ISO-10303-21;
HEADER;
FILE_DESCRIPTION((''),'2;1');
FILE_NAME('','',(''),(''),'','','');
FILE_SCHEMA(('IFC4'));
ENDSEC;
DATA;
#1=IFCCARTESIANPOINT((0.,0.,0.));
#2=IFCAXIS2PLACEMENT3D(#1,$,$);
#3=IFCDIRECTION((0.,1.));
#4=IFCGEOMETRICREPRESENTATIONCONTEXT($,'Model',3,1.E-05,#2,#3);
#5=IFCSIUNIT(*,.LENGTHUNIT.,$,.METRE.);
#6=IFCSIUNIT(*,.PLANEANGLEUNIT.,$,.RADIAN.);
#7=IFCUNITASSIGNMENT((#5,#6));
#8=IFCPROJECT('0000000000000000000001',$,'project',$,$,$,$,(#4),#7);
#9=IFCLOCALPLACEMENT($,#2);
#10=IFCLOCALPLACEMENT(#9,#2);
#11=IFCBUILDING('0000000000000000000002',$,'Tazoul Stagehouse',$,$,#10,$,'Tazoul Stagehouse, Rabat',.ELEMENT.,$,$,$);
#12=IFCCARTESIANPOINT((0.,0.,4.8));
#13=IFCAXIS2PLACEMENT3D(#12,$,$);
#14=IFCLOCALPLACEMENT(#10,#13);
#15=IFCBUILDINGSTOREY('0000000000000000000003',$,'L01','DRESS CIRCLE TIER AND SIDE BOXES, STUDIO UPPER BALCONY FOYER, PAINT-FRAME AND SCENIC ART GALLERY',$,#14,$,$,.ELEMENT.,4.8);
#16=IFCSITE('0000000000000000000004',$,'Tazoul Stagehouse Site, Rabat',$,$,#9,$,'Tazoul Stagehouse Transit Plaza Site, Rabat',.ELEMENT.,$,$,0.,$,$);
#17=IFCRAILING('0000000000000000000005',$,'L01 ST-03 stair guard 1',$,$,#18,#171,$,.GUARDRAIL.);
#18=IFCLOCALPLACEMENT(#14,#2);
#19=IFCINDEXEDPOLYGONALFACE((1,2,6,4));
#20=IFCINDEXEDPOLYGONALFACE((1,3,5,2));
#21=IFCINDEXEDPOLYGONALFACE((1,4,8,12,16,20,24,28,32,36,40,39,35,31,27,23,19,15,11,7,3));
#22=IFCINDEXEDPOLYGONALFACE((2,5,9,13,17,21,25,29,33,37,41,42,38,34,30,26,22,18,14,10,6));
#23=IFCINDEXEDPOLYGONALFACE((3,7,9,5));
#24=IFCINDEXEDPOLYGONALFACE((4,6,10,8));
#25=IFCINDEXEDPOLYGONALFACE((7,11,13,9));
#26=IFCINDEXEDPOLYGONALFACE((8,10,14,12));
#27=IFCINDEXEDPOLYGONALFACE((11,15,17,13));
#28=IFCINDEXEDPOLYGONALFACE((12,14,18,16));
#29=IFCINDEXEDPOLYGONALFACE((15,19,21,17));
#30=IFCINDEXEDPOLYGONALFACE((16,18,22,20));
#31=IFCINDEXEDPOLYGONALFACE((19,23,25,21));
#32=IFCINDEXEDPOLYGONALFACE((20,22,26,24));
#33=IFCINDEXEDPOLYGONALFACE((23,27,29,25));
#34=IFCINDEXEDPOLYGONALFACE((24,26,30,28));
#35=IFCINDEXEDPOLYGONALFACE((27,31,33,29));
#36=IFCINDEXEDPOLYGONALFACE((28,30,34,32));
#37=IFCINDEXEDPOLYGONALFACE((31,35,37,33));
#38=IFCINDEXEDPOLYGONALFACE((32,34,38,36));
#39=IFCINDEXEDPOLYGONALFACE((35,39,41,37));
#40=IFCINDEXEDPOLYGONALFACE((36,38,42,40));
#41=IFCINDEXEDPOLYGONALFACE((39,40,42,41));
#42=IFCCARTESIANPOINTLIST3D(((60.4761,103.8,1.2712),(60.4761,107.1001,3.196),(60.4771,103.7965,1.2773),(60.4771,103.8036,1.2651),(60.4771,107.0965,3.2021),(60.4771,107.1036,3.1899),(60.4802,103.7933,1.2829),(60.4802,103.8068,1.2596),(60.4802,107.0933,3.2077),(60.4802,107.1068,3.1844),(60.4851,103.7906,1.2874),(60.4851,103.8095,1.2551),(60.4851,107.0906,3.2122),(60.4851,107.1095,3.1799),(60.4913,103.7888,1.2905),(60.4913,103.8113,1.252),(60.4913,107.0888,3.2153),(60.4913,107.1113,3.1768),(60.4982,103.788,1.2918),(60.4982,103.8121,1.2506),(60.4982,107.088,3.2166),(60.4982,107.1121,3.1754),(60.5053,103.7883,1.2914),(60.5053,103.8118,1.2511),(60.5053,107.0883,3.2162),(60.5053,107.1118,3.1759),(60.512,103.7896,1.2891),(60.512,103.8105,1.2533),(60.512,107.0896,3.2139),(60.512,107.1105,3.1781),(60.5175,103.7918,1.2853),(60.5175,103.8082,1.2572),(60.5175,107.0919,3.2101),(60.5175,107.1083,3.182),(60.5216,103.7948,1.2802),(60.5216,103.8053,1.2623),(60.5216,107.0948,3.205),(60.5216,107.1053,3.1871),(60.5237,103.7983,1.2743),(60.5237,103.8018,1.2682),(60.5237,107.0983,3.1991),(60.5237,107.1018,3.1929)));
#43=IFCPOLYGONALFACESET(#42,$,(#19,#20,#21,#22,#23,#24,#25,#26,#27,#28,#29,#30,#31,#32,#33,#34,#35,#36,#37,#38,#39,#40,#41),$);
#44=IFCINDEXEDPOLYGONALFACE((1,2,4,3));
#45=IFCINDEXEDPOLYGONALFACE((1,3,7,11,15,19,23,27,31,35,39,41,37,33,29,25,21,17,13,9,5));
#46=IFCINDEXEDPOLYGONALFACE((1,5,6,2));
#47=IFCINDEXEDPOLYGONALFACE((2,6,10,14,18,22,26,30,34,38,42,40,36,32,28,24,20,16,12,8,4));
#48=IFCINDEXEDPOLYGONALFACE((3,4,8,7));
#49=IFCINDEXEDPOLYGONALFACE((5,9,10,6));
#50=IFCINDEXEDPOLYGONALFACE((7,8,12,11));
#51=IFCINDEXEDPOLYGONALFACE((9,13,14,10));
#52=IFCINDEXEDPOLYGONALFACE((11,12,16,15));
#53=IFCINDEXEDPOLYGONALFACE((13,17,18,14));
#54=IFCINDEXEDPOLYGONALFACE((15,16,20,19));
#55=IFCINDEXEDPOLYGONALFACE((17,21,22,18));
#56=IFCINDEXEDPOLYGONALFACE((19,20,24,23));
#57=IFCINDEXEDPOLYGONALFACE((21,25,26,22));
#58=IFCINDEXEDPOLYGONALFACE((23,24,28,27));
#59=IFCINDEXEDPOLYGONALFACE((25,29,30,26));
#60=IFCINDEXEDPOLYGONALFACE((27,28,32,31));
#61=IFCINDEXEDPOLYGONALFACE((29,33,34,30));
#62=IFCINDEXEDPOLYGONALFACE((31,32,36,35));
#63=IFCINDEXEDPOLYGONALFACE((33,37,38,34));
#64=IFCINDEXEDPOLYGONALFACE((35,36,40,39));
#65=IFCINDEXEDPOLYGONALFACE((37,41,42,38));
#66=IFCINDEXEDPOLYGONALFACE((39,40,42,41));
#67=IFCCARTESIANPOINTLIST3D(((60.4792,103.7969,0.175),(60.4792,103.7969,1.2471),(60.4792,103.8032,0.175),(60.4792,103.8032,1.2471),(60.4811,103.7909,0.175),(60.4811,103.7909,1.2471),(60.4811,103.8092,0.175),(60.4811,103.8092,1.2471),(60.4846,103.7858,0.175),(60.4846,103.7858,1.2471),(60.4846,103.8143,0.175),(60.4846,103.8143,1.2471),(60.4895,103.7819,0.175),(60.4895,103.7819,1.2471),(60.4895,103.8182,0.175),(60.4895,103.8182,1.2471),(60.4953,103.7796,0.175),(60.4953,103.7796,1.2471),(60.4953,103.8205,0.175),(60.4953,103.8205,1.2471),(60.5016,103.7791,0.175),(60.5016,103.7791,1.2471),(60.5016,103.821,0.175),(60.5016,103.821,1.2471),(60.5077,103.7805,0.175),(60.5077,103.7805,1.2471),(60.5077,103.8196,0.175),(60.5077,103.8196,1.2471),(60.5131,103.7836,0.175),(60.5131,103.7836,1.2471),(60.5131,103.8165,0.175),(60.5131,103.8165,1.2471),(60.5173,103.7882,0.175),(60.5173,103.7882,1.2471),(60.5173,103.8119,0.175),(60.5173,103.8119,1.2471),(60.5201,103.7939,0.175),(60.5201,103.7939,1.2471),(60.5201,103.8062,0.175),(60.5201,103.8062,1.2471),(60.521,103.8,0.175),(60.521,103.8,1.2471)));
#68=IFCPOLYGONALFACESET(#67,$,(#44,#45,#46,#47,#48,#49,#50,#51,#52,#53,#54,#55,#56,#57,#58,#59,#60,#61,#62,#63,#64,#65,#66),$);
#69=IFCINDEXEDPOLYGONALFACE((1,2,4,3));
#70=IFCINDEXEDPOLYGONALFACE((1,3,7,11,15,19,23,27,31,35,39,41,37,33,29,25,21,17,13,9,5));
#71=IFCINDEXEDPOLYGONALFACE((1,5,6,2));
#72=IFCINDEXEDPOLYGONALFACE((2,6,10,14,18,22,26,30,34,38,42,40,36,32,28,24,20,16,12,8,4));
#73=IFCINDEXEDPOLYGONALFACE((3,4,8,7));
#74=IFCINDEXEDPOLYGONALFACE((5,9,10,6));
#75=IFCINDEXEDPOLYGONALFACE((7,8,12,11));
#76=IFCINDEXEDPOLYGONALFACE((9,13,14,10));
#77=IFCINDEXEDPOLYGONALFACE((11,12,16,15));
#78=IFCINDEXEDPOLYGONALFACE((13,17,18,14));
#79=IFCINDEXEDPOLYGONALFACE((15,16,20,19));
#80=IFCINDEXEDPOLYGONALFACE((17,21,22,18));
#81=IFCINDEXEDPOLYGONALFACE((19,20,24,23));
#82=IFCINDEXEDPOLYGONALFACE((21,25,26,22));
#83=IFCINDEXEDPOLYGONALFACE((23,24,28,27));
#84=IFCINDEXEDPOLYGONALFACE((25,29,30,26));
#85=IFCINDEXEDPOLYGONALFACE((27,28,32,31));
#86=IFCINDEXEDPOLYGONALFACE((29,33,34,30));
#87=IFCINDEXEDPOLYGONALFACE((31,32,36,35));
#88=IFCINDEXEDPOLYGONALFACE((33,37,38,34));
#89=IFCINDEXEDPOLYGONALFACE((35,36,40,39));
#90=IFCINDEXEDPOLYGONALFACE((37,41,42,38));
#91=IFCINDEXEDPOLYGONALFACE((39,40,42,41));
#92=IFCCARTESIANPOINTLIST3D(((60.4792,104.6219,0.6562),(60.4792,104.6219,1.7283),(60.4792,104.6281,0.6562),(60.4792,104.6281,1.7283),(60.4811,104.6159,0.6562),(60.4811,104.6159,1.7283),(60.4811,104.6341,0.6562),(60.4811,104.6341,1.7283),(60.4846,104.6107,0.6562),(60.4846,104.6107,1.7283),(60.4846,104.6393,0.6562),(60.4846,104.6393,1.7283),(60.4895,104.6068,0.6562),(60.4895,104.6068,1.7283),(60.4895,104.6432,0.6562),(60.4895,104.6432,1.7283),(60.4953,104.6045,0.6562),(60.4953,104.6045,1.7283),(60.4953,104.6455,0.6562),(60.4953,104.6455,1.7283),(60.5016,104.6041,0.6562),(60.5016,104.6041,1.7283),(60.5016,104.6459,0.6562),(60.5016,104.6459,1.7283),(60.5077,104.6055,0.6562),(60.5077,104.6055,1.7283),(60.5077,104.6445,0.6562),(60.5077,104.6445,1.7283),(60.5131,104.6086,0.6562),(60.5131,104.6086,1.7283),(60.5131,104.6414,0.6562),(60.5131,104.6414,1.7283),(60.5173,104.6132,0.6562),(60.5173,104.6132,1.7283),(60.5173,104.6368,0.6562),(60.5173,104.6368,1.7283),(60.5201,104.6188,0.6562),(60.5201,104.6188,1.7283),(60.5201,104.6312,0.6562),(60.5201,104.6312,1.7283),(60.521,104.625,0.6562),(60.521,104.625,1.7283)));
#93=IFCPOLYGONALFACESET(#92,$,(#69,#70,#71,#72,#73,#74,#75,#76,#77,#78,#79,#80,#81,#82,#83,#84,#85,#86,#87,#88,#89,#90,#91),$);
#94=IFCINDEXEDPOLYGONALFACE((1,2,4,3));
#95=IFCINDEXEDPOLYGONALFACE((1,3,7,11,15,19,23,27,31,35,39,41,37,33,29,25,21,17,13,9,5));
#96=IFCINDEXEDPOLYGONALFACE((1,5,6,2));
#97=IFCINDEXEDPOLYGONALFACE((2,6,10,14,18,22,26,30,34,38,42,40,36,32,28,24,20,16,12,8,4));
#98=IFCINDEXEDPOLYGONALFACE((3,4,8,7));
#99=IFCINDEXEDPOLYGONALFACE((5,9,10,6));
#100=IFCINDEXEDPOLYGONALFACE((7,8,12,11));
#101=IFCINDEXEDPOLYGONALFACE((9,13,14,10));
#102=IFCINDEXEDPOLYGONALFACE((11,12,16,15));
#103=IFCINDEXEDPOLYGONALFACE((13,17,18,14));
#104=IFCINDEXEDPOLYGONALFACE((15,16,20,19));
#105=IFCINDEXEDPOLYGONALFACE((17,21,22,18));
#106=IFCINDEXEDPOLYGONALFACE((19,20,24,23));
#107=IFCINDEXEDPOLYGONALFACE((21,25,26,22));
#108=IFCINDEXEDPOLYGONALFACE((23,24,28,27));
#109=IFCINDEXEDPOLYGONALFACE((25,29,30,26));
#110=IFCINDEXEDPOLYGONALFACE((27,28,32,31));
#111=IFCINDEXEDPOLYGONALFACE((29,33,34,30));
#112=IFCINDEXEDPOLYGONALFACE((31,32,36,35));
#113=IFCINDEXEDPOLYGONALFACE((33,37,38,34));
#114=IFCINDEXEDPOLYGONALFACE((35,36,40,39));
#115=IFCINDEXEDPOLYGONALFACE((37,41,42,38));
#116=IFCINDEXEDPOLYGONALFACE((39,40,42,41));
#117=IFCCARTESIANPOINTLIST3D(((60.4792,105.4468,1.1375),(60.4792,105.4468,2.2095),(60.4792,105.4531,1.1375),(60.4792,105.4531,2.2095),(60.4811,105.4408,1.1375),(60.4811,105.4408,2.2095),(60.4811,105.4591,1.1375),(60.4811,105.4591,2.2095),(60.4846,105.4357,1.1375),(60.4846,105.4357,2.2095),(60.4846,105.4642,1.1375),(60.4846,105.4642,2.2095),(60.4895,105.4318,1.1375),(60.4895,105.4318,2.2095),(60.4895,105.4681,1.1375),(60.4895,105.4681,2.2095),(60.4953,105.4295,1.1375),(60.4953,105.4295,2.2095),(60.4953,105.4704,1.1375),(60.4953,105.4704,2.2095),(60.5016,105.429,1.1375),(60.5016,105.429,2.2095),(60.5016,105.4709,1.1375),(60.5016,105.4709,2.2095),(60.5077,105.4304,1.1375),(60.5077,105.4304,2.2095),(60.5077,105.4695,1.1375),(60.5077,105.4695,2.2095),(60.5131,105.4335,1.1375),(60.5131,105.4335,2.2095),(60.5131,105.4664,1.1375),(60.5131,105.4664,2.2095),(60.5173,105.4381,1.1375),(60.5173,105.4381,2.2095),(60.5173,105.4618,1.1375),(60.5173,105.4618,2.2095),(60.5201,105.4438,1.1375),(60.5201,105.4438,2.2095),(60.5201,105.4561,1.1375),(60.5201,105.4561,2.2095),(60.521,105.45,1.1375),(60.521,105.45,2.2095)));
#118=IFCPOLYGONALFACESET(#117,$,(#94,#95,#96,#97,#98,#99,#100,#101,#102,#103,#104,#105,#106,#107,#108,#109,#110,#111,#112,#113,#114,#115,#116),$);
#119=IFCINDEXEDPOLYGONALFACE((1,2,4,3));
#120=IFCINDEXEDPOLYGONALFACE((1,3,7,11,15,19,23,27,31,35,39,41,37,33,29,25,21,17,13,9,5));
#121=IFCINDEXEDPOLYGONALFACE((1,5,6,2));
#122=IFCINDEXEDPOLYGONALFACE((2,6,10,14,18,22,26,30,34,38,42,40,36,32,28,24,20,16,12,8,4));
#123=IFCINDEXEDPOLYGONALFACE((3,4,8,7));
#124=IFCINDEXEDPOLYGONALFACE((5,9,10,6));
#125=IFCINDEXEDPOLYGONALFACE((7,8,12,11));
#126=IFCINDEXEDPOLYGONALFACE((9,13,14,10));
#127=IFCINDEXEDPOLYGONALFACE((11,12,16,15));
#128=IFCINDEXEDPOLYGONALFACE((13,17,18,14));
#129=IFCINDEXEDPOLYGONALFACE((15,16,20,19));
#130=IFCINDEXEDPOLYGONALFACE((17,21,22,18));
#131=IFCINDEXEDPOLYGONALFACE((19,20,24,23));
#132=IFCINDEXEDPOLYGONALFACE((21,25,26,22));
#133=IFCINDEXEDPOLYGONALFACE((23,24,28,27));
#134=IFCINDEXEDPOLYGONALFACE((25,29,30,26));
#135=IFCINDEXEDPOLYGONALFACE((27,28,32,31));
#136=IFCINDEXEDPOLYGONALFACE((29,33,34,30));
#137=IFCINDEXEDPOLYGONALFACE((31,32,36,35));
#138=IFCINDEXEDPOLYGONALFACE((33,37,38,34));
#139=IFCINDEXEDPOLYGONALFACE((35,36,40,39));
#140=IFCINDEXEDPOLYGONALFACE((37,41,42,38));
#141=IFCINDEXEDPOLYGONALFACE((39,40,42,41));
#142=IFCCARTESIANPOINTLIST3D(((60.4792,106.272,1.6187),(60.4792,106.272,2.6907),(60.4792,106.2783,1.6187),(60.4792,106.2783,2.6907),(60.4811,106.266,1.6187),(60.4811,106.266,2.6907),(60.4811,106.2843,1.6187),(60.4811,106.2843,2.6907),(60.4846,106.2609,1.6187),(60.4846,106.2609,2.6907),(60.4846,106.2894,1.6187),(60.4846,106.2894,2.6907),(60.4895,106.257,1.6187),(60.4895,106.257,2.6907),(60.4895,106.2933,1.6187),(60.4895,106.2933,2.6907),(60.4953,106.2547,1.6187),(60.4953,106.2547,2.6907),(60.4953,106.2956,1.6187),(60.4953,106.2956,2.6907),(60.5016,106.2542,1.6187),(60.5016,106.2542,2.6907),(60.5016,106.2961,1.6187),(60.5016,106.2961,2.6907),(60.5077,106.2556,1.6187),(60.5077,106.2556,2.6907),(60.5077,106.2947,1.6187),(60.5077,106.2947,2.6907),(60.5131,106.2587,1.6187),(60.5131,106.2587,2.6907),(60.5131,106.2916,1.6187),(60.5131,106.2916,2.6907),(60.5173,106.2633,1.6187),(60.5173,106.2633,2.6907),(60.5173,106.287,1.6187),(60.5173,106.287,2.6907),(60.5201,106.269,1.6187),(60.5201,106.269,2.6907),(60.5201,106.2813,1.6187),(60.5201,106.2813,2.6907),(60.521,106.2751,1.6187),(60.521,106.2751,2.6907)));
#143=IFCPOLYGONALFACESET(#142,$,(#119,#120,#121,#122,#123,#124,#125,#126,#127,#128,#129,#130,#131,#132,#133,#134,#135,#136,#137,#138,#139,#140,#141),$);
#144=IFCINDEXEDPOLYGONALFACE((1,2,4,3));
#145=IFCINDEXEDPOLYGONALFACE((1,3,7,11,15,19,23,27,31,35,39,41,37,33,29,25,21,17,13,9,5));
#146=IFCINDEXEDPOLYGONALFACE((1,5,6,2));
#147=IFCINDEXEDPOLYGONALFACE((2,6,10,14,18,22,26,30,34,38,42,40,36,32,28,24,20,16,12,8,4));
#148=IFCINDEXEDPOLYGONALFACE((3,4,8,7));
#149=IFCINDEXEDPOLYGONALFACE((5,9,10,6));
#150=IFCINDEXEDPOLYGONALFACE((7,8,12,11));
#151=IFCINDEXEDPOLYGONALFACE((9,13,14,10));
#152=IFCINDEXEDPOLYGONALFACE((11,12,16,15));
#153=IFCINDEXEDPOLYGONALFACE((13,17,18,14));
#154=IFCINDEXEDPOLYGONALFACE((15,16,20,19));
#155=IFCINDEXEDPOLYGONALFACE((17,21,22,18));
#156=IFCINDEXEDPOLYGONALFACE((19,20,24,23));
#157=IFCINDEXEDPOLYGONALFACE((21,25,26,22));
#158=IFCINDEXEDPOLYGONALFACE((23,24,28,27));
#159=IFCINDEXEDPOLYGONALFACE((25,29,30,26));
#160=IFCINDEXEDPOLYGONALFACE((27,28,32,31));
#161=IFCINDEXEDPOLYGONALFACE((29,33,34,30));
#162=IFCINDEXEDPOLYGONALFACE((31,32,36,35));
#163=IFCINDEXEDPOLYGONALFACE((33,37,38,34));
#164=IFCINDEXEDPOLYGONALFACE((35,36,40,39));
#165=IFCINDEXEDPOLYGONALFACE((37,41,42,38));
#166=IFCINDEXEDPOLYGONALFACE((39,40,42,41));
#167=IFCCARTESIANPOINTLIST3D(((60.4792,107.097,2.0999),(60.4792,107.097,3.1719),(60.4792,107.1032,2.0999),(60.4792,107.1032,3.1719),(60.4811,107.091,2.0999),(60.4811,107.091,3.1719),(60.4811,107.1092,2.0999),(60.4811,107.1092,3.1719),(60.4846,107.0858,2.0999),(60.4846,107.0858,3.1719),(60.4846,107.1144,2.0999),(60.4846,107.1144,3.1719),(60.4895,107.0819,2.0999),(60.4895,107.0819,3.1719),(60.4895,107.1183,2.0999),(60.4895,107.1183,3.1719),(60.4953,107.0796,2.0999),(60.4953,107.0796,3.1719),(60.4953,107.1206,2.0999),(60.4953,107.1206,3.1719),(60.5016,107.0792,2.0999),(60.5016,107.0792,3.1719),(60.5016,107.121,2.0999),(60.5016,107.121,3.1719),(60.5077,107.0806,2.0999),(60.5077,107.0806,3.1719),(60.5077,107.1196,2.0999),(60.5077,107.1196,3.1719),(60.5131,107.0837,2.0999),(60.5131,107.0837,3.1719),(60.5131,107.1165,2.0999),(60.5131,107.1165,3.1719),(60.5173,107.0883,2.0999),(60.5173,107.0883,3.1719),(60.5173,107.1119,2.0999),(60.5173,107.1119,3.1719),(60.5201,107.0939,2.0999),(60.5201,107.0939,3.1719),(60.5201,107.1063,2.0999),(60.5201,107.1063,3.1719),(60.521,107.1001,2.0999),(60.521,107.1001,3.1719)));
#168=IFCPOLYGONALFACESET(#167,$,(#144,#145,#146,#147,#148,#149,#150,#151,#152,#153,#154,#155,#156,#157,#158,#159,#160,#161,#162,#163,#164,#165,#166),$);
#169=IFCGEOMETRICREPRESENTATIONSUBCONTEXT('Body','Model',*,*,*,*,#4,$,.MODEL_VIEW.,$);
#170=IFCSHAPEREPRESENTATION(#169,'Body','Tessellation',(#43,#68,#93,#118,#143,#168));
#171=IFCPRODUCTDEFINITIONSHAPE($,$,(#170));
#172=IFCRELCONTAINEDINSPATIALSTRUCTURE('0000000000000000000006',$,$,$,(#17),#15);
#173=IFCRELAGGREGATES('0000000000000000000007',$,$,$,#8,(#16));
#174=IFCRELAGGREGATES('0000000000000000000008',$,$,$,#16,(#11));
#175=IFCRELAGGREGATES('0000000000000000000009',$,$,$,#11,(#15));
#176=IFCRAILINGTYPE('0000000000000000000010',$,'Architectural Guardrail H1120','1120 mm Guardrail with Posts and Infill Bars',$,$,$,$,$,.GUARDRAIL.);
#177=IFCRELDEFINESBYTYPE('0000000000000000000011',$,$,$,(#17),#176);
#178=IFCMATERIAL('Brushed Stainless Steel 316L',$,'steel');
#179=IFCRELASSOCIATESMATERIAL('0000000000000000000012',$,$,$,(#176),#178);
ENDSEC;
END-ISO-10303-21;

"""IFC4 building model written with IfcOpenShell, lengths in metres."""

from ifc_helpers import new_model, si_unit, direction, frame, origin, origin_2d, place, context, subcontext, project, spatial, circle, extrude, material, material_profile, profile_set, type_object, element, save


model = new_model("IFC4")

# Units and contexts
model_context = context("Model", 3, precision=1e-05, world=origin(), true_north=direction((0.0, 1.0)))
body_context = subcontext(model_context, "Body", "Model", "MODEL_VIEW")
ifc_project = project(units=[si_unit("LENGTHUNIT", "METRE"), si_unit("PLANEANGLEUNIT", "RADIAN")], contexts=[model_context])

# Site, building, storey
site_placement = place(None, origin())
site = spatial("IfcSite", under=ifc_project, at=site_placement, Name="Tazoul Stagehouse Site, Rabat", LongName="Tazoul Stagehouse Transit Plaza Site, Rabat", CompositionType="ELEMENT", RefElevation=0.0)
building_placement = place(site_placement, origin())
building = spatial("IfcBuilding", under=site, at=building_placement, Name="Tazoul Stagehouse", LongName="Tazoul Stagehouse, Rabat", CompositionType="ELEMENT")
storey_placement = place(building_placement, frame((0.0, 0.0, 4.8)))
storey = spatial("IfcBuildingStorey", under=building, at=storey_placement, Name="L01", Description="DRESS CIRCLE TIER AND SIDE BOXES, STUDIO UPPER BALCONY FOYER, PAINT-FRAME AND SCENIC ART GALLERY", CompositionType="ELEMENT", Elevation=4.8)

# Railing
ifc_material_1 = material(Name="Brushed Stainless Steel 316L", Category="steel")
ifc_material_profile_1 = material_profile(ifc_material_1, circle(Radius=0.0239, at=origin_2d()), Name="SS RAIL D48")
ifc_profile_set_1 = profile_set([ifc_material_profile_1], Name="Brushed Stainless Steel 316L")
railing_type_1 = type_object("IfcRailingType", Name="Architectural Guardrail H1120", Description="1120 mm Guardrail with Posts and Infill Bars", PredefinedType="GUARDRAIL", material=ifc_profile_set_1)
railing_1_placement = place(storey_placement, frame((60.5, 103.8, 0.175)))
element("IfcRailing", 1, at=railing_1_placement, inside=storey, type_object=railing_type_1, Name="L01 ST-03 stair guard 1", PredefinedType="GUARDRAIL", context=body_context, shape_type="SweptSolid", body=[
    extrude(circle(Radius=0.0239, at=origin_2d()), frame((0.0, 0.0, 1.0962), z_axis=(0.0, 0.863804, 0.503827), x_axis=(-1.0, 0.0, 0.0)), (0.0, 0.0, 1.0), 3.8203),
    extrude(circle(Radius=0.021, at=origin_2d()), origin(), (0.0, 0.0, 1.0), 1.072),
    extrude(circle(Radius=0.021, at=origin_2d()), frame((0.0, 0.825, 0.4812)), (0.0, 0.0, 1.0), 1.072),
    extrude(circle(Radius=0.021, at=origin_2d()), frame((0.0, 1.6499, 0.9624)), (0.0, 0.0, 1.0), 1.072),
    extrude(circle(Radius=0.021, at=origin_2d()), frame((0.0, 2.4751, 1.4436)), (0.0, 0.0, 1.0), 1.072),
    extrude(circle(Radius=0.021, at=origin_2d()), frame((0.0, 3.3, 1.9248)), (0.0, 0.0, 1.0), 1.072),
])

save(model, "model.ifc")
